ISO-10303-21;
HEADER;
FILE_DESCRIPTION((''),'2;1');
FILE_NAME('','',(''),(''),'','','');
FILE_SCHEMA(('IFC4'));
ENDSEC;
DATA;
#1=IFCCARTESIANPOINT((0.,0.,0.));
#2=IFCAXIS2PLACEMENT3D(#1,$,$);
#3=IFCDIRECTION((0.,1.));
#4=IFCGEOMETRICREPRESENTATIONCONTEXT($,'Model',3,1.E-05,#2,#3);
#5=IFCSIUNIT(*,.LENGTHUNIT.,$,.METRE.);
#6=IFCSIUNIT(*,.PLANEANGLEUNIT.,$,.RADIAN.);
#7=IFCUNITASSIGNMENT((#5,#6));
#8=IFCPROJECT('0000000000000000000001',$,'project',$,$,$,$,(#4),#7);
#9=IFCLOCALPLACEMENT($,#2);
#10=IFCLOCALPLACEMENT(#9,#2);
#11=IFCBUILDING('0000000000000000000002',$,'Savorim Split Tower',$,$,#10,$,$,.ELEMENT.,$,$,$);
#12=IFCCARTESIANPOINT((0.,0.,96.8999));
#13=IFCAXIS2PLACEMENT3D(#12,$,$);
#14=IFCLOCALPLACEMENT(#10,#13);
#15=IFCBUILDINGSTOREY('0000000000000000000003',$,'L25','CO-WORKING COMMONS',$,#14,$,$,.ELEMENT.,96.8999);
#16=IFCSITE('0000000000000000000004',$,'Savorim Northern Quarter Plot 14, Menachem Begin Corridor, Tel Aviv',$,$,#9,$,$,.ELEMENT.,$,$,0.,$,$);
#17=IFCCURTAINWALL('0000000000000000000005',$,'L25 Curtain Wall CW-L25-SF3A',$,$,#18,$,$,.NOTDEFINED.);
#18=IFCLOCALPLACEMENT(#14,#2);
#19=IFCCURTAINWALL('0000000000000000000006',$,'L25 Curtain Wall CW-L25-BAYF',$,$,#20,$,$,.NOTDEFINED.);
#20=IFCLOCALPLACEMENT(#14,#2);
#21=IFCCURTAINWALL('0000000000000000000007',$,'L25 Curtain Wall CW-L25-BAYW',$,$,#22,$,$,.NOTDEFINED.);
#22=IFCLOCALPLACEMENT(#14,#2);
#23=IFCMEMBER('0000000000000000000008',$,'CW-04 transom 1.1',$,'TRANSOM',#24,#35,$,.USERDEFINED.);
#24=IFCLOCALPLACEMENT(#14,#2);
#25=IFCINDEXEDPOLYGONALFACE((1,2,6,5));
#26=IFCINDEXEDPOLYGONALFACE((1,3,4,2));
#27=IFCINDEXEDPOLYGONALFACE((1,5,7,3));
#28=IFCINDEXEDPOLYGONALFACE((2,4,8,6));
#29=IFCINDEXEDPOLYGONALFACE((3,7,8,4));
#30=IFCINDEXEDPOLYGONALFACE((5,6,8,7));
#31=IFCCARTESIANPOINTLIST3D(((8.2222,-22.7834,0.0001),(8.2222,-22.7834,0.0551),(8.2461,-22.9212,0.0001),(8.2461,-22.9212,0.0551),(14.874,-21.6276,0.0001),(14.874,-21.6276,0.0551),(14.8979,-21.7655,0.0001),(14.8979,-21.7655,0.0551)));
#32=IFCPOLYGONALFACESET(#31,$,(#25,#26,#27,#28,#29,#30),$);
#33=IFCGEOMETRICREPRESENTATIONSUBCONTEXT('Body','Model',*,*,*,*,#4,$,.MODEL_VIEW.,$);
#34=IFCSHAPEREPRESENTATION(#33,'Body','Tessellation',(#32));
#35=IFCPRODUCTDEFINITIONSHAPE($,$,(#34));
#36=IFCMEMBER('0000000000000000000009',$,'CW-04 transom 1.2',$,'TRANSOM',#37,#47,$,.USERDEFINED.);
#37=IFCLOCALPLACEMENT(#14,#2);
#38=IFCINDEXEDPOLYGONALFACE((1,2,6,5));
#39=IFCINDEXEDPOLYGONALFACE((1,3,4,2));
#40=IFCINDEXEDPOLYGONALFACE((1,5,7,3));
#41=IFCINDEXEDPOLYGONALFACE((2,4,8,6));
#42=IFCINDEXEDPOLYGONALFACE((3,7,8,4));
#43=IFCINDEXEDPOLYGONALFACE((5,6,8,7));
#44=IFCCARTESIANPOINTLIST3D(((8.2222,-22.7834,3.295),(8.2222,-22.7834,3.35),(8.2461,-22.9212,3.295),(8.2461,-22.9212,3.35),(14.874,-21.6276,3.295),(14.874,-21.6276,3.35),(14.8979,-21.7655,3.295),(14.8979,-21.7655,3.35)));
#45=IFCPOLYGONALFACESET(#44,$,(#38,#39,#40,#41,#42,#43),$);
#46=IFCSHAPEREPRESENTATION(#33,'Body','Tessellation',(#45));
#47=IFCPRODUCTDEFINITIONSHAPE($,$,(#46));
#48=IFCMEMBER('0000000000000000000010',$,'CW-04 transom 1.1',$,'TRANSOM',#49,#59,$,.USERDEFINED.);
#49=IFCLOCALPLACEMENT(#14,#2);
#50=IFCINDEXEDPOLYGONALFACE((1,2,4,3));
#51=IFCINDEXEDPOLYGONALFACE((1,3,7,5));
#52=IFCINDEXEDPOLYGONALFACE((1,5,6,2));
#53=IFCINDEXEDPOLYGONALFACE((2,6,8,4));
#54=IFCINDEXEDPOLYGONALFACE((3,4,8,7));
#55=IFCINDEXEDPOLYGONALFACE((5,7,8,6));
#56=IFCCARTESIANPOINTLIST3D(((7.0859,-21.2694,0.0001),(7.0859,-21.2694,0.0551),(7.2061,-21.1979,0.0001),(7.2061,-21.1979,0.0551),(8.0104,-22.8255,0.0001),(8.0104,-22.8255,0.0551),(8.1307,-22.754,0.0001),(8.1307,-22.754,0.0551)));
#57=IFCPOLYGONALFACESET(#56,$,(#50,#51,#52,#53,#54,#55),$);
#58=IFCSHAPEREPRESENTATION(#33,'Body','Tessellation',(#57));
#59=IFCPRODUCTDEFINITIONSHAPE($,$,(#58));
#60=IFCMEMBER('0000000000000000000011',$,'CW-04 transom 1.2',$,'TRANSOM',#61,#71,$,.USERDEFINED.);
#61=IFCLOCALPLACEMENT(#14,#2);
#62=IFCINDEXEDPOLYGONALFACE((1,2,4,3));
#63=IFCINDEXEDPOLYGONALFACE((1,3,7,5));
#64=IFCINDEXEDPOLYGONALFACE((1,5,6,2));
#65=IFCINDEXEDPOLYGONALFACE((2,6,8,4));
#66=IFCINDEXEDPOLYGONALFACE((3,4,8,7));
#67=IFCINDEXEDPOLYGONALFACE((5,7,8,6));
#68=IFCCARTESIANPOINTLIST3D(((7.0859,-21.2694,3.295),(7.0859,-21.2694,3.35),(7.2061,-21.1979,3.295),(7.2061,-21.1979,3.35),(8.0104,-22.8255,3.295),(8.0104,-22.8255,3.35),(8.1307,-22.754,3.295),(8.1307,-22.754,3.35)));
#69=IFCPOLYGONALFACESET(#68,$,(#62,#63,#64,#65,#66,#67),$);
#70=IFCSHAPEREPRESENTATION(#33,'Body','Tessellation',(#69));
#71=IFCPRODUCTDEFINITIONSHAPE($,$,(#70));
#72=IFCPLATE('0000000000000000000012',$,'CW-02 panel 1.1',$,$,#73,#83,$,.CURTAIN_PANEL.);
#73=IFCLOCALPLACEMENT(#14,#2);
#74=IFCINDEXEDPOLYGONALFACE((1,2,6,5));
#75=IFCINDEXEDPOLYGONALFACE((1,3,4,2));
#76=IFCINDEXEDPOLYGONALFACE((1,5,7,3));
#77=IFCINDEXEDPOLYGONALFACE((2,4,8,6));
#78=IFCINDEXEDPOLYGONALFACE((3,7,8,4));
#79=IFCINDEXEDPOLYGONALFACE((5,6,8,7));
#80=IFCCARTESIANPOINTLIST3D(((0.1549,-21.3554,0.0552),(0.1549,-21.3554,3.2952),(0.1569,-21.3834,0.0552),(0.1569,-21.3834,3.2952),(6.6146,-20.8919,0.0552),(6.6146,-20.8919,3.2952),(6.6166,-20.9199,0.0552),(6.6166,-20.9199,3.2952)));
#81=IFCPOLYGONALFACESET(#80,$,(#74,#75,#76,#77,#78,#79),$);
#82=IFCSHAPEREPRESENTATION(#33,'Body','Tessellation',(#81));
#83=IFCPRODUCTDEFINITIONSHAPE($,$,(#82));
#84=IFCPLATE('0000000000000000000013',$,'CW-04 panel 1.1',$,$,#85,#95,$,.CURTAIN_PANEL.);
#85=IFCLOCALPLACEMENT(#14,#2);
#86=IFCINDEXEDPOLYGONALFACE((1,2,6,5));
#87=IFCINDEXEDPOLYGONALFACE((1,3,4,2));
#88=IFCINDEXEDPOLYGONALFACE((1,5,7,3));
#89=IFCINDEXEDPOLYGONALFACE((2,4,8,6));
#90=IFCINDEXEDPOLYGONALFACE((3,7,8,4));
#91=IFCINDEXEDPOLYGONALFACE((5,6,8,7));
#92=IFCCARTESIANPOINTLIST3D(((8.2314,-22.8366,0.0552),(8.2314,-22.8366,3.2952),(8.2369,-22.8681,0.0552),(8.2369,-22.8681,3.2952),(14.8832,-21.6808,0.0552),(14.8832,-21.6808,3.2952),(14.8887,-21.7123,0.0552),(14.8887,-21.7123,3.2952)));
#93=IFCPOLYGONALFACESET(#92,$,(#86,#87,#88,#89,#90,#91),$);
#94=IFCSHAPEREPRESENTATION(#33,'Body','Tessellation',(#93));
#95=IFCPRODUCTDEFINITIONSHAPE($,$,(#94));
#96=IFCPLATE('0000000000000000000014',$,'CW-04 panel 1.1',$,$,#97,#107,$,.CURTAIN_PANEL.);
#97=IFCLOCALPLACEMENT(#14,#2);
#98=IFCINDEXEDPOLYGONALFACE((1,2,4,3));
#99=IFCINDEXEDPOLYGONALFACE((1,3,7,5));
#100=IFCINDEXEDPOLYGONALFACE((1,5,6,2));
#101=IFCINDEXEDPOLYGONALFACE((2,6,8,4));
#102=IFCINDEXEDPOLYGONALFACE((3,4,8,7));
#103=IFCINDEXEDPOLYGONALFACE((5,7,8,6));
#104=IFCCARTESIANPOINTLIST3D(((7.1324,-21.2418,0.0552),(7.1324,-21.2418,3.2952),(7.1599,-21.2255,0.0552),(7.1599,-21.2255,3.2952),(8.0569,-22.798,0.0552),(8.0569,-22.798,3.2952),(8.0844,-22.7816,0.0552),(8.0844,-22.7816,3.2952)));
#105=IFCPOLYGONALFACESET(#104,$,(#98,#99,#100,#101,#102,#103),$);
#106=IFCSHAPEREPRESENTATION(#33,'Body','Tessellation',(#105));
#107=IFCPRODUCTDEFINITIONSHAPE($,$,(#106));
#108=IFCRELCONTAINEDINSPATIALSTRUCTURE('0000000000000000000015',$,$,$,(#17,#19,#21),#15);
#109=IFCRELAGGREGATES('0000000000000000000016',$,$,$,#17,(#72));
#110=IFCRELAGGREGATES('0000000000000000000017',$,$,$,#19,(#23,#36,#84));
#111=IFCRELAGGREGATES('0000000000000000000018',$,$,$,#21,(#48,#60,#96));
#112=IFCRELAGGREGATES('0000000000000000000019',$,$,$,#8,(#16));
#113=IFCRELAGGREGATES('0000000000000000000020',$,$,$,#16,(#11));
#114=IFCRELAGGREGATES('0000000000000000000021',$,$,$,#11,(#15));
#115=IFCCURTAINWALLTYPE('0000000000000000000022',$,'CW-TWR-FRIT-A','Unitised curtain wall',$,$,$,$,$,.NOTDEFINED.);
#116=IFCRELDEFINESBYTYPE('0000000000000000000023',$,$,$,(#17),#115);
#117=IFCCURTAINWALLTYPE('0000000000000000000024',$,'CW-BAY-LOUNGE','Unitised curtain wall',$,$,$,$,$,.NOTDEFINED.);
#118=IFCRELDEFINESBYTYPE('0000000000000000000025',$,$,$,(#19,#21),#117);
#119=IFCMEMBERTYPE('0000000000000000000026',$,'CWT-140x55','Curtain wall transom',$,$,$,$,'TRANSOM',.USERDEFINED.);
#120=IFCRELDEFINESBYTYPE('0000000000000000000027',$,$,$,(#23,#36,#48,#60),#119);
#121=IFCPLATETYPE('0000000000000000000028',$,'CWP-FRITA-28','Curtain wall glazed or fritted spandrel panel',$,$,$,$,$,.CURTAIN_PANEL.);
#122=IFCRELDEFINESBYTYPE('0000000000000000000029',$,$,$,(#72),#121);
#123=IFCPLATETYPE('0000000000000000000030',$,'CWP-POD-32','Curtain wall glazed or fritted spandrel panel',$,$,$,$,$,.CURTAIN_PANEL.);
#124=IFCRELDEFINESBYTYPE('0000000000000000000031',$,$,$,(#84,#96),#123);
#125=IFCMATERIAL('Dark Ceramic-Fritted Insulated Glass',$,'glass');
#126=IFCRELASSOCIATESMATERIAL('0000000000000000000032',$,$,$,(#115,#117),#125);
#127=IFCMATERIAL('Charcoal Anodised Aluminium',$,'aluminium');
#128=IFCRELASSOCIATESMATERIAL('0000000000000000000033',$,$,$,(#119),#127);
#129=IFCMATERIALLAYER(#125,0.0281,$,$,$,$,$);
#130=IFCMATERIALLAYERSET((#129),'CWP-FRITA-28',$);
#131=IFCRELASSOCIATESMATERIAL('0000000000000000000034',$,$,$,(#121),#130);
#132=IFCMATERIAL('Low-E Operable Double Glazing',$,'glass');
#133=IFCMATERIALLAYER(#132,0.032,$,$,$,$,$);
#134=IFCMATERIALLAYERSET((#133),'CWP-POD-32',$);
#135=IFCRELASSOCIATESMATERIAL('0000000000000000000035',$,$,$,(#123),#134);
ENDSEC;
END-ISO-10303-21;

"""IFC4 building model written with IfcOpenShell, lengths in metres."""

from ifc_helpers import new_model, si_unit, direction, frame, origin, origin_2d, place, context, subcontext, project, spatial, rectangle, extrude, material, layer, layer_set, material_profile, profile_set, type_object, element, aggregate, save


model = new_model("IFC4")

# Units and contexts
model_context = context("Model", 3, precision=1e-05, world=origin(), true_north=direction((0.0, 1.0)))
body_context = subcontext(model_context, "Body", "Model", "MODEL_VIEW")
ifc_project = project(units=[si_unit("LENGTHUNIT", "METRE"), si_unit("PLANEANGLEUNIT", "RADIAN")], contexts=[model_context])

# Site, building, storey
site_placement = place(None, origin())
site = spatial("IfcSite", under=ifc_project, at=site_placement, Name="Savorim Northern Quarter Plot 14, Menachem Begin Corridor, Tel Aviv", CompositionType="ELEMENT", RefElevation=0.0)
building_placement = place(site_placement, origin())
building = spatial("IfcBuilding", under=site, at=building_placement, Name="Savorim Split Tower", CompositionType="ELEMENT")
storey_placement = place(building_placement, frame((0.0, 0.0, 96.8999)))
storey = spatial("IfcBuildingStorey", under=building, at=storey_placement, Name="L25", Description="CO-WORKING COMMONS", CompositionType="ELEMENT", Elevation=96.8999)

# Curtain wall
ifc_material_1 = material(Name="Dark Ceramic-Fritted Insulated Glass", Category="glass")
curtain_wall_type_1 = type_object("IfcCurtainWallType", Name="CW-TWR-FRIT-A", Description="Unitised curtain wall", PredefinedType="NOTDEFINED", material=ifc_material_1)
curtain_wall_1_placement = place(storey_placement, origin())
curtain_wall_1 = element("IfcCurtainWall", 1, at=curtain_wall_1_placement, inside=storey, type_object=curtain_wall_type_1, Name="L25 Curtain Wall CW-L25-SF3A", PredefinedType="NOTDEFINED")
ifc_material_2 = material(Name="Charcoal Anodised Aluminium", Category="aluminium")

# Curtain wall
curtain_wall_type_2 = type_object("IfcCurtainWallType", Name="CW-BAY-LOUNGE", Description="Unitised curtain wall", PredefinedType="NOTDEFINED", material=ifc_material_1)
curtain_wall_2_placement = place(storey_placement, origin())
curtain_wall_2 = element("IfcCurtainWall", 2, at=curtain_wall_2_placement, inside=storey, type_object=curtain_wall_type_2, Name="L25 Curtain Wall CW-L25-BAYF", PredefinedType="NOTDEFINED")

# Curtain wall
curtain_wall_3_placement = place(storey_placement, origin())
curtain_wall_3 = element("IfcCurtainWall", 3, at=curtain_wall_3_placement, inside=storey, type_object=curtain_wall_type_2, Name="L25 Curtain Wall CW-L25-BAYW", PredefinedType="NOTDEFINED")

# Members
ifc_material_profile_1 = material_profile(ifc_material_2, rectangle(XDim=0.1399, YDim=0.0549, at=origin_2d()), Name="ALU-T 140x55")
ifc_profile_set_1 = profile_set([ifc_material_profile_1], Name="Charcoal Anodised Aluminium")
member_type_1 = type_object("IfcMemberType", Name="CWT-140x55", Description="Curtain wall transom", ElementType="TRANSOM", PredefinedType="USERDEFINED", material=ifc_profile_set_1)
member_1_placement = place(storey_placement, frame((8.2341, -22.8523, 0.0276), z_axis=(0.985239, 0.171186, 0.0), x_axis=(-0.171186, 0.985239, 0.0)))
member_1 = element("IfcMember", 4, at=member_1_placement, type_object=member_type_1, Name="CW-04 transom 1.1", ObjectType="TRANSOM", PredefinedType="USERDEFINED", context=body_context, shape_type="SweptSolid", body=[
    extrude(rectangle(XDim=0.1399, YDim=0.0549, at=origin_2d()), origin(), (0.0, 0.0, 1.0), 6.7515),
])
member_2_placement = place(storey_placement, frame((8.2341, -22.8523, 3.3225), z_axis=(0.985239, 0.171186, 0.0), x_axis=(-0.171186, 0.985239, 0.0)))
member_2 = element("IfcMember", 5, at=member_2_placement, type_object=member_type_1, Name="CW-04 transom 1.2", ObjectType="TRANSOM", PredefinedType="USERDEFINED", context=body_context, shape_type="SweptSolid", body=[
    extrude(rectangle(XDim=0.1399, YDim=0.0549, at=origin_2d()), origin(), (0.0, 0.0, 1.0), 6.7515),
])
member_3_placement = place(storey_placement, frame((7.146, -21.2336, 0.0276), z_axis=(0.510782, -0.85971, 0.0), x_axis=(0.85971, 0.510782, 0.0)))
member_3 = element("IfcMember", 6, at=member_3_placement, type_object=member_type_1, Name="CW-04 transom 1.1", ObjectType="TRANSOM", PredefinedType="USERDEFINED", context=body_context, shape_type="SweptSolid", body=[
    extrude(rectangle(XDim=0.1399, YDim=0.0549, at=origin_2d()), origin(), (0.0, 0.0, 1.0), 1.8101),
])
member_4_placement = place(storey_placement, frame((7.146, -21.2336, 3.3225), z_axis=(0.510782, -0.85971, 0.0), x_axis=(0.85971, 0.510782, 0.0)))
member_4 = element("IfcMember", 7, at=member_4_placement, type_object=member_type_1, Name="CW-04 transom 1.2", ObjectType="TRANSOM", PredefinedType="USERDEFINED", context=body_context, shape_type="SweptSolid", body=[
    extrude(rectangle(XDim=0.1399, YDim=0.0549, at=origin_2d()), origin(), (0.0, 0.0, 1.0), 1.8101),
])

# Plates
ifc_layer_1 = layer(ifc_material_1, 0.0281)
ifc_layer_set_1 = layer_set([ifc_layer_1], Name="CWP-FRITA-28")
plate_type_1 = type_object("IfcPlateType", Name="CWP-FRITA-28", Description="Curtain wall glazed or fritted spandrel panel", PredefinedType="CURTAIN_PANEL", material=ifc_layer_set_1)
plate_1_placement = place(storey_placement, frame((3.3857, -21.1377, 0.0552), z_axis=(0.0, 0.0, 1.0), x_axis=(0.997436, 0.071569, 0.0)))
plate_1 = element("IfcPlate", 8, at=plate_1_placement, type_object=plate_type_1, Name="CW-02 panel 1.1", PredefinedType="CURTAIN_PANEL", context=body_context, shape_type="SweptSolid", body=[
    extrude(rectangle(XDim=6.4763, YDim=0.0281, at=origin_2d()), origin(), (0.0, 0.0, 1.0), 3.24),
])
aggregate(curtain_wall_1, [plate_1])
ifc_material_3 = material(Name="Low-E Operable Double Glazing", Category="glass")
ifc_layer_2 = layer(ifc_material_3, 0.032)
ifc_layer_set_2 = layer_set([ifc_layer_2], Name="CWP-POD-32")
plate_type_2 = type_object("IfcPlateType", Name="CWP-POD-32", Description="Curtain wall glazed or fritted spandrel panel", PredefinedType="CURTAIN_PANEL", material=ifc_layer_set_2)
plate_2_placement = place(storey_placement, frame((11.5601, -22.2744, 0.0552), z_axis=(0.0, 0.0, 1.0), x_axis=(0.985238, 0.171191, 0.0)))
plate_2 = element("IfcPlate", 9, at=plate_2_placement, type_object=plate_type_2, Name="CW-04 panel 1.1", PredefinedType="CURTAIN_PANEL", context=body_context, shape_type="SweptSolid", body=[
    extrude(rectangle(XDim=6.7515, YDim=0.032, at=origin_2d()), origin(), (0.0, 0.0, 1.0), 3.24),
])
aggregate(curtain_wall_2, [member_1, member_2, plate_2])
plate_3_placement = place(storey_placement, frame((7.6084, -22.0117, 0.0552), z_axis=(0.0, 0.0, 1.0), x_axis=(0.510761, -0.859722, 0.0)))
plate_3 = element("IfcPlate", 10, at=plate_3_placement, type_object=plate_type_2, Name="CW-04 panel 1.1", PredefinedType="CURTAIN_PANEL", context=body_context, shape_type="SweptSolid", body=[
    extrude(rectangle(XDim=1.8101, YDim=0.032, at=origin_2d()), origin(), (0.0, 0.0, 1.0), 3.24),
])
aggregate(curtain_wall_3, [member_3, member_4, plate_3])

save(model, "model.ifc")
